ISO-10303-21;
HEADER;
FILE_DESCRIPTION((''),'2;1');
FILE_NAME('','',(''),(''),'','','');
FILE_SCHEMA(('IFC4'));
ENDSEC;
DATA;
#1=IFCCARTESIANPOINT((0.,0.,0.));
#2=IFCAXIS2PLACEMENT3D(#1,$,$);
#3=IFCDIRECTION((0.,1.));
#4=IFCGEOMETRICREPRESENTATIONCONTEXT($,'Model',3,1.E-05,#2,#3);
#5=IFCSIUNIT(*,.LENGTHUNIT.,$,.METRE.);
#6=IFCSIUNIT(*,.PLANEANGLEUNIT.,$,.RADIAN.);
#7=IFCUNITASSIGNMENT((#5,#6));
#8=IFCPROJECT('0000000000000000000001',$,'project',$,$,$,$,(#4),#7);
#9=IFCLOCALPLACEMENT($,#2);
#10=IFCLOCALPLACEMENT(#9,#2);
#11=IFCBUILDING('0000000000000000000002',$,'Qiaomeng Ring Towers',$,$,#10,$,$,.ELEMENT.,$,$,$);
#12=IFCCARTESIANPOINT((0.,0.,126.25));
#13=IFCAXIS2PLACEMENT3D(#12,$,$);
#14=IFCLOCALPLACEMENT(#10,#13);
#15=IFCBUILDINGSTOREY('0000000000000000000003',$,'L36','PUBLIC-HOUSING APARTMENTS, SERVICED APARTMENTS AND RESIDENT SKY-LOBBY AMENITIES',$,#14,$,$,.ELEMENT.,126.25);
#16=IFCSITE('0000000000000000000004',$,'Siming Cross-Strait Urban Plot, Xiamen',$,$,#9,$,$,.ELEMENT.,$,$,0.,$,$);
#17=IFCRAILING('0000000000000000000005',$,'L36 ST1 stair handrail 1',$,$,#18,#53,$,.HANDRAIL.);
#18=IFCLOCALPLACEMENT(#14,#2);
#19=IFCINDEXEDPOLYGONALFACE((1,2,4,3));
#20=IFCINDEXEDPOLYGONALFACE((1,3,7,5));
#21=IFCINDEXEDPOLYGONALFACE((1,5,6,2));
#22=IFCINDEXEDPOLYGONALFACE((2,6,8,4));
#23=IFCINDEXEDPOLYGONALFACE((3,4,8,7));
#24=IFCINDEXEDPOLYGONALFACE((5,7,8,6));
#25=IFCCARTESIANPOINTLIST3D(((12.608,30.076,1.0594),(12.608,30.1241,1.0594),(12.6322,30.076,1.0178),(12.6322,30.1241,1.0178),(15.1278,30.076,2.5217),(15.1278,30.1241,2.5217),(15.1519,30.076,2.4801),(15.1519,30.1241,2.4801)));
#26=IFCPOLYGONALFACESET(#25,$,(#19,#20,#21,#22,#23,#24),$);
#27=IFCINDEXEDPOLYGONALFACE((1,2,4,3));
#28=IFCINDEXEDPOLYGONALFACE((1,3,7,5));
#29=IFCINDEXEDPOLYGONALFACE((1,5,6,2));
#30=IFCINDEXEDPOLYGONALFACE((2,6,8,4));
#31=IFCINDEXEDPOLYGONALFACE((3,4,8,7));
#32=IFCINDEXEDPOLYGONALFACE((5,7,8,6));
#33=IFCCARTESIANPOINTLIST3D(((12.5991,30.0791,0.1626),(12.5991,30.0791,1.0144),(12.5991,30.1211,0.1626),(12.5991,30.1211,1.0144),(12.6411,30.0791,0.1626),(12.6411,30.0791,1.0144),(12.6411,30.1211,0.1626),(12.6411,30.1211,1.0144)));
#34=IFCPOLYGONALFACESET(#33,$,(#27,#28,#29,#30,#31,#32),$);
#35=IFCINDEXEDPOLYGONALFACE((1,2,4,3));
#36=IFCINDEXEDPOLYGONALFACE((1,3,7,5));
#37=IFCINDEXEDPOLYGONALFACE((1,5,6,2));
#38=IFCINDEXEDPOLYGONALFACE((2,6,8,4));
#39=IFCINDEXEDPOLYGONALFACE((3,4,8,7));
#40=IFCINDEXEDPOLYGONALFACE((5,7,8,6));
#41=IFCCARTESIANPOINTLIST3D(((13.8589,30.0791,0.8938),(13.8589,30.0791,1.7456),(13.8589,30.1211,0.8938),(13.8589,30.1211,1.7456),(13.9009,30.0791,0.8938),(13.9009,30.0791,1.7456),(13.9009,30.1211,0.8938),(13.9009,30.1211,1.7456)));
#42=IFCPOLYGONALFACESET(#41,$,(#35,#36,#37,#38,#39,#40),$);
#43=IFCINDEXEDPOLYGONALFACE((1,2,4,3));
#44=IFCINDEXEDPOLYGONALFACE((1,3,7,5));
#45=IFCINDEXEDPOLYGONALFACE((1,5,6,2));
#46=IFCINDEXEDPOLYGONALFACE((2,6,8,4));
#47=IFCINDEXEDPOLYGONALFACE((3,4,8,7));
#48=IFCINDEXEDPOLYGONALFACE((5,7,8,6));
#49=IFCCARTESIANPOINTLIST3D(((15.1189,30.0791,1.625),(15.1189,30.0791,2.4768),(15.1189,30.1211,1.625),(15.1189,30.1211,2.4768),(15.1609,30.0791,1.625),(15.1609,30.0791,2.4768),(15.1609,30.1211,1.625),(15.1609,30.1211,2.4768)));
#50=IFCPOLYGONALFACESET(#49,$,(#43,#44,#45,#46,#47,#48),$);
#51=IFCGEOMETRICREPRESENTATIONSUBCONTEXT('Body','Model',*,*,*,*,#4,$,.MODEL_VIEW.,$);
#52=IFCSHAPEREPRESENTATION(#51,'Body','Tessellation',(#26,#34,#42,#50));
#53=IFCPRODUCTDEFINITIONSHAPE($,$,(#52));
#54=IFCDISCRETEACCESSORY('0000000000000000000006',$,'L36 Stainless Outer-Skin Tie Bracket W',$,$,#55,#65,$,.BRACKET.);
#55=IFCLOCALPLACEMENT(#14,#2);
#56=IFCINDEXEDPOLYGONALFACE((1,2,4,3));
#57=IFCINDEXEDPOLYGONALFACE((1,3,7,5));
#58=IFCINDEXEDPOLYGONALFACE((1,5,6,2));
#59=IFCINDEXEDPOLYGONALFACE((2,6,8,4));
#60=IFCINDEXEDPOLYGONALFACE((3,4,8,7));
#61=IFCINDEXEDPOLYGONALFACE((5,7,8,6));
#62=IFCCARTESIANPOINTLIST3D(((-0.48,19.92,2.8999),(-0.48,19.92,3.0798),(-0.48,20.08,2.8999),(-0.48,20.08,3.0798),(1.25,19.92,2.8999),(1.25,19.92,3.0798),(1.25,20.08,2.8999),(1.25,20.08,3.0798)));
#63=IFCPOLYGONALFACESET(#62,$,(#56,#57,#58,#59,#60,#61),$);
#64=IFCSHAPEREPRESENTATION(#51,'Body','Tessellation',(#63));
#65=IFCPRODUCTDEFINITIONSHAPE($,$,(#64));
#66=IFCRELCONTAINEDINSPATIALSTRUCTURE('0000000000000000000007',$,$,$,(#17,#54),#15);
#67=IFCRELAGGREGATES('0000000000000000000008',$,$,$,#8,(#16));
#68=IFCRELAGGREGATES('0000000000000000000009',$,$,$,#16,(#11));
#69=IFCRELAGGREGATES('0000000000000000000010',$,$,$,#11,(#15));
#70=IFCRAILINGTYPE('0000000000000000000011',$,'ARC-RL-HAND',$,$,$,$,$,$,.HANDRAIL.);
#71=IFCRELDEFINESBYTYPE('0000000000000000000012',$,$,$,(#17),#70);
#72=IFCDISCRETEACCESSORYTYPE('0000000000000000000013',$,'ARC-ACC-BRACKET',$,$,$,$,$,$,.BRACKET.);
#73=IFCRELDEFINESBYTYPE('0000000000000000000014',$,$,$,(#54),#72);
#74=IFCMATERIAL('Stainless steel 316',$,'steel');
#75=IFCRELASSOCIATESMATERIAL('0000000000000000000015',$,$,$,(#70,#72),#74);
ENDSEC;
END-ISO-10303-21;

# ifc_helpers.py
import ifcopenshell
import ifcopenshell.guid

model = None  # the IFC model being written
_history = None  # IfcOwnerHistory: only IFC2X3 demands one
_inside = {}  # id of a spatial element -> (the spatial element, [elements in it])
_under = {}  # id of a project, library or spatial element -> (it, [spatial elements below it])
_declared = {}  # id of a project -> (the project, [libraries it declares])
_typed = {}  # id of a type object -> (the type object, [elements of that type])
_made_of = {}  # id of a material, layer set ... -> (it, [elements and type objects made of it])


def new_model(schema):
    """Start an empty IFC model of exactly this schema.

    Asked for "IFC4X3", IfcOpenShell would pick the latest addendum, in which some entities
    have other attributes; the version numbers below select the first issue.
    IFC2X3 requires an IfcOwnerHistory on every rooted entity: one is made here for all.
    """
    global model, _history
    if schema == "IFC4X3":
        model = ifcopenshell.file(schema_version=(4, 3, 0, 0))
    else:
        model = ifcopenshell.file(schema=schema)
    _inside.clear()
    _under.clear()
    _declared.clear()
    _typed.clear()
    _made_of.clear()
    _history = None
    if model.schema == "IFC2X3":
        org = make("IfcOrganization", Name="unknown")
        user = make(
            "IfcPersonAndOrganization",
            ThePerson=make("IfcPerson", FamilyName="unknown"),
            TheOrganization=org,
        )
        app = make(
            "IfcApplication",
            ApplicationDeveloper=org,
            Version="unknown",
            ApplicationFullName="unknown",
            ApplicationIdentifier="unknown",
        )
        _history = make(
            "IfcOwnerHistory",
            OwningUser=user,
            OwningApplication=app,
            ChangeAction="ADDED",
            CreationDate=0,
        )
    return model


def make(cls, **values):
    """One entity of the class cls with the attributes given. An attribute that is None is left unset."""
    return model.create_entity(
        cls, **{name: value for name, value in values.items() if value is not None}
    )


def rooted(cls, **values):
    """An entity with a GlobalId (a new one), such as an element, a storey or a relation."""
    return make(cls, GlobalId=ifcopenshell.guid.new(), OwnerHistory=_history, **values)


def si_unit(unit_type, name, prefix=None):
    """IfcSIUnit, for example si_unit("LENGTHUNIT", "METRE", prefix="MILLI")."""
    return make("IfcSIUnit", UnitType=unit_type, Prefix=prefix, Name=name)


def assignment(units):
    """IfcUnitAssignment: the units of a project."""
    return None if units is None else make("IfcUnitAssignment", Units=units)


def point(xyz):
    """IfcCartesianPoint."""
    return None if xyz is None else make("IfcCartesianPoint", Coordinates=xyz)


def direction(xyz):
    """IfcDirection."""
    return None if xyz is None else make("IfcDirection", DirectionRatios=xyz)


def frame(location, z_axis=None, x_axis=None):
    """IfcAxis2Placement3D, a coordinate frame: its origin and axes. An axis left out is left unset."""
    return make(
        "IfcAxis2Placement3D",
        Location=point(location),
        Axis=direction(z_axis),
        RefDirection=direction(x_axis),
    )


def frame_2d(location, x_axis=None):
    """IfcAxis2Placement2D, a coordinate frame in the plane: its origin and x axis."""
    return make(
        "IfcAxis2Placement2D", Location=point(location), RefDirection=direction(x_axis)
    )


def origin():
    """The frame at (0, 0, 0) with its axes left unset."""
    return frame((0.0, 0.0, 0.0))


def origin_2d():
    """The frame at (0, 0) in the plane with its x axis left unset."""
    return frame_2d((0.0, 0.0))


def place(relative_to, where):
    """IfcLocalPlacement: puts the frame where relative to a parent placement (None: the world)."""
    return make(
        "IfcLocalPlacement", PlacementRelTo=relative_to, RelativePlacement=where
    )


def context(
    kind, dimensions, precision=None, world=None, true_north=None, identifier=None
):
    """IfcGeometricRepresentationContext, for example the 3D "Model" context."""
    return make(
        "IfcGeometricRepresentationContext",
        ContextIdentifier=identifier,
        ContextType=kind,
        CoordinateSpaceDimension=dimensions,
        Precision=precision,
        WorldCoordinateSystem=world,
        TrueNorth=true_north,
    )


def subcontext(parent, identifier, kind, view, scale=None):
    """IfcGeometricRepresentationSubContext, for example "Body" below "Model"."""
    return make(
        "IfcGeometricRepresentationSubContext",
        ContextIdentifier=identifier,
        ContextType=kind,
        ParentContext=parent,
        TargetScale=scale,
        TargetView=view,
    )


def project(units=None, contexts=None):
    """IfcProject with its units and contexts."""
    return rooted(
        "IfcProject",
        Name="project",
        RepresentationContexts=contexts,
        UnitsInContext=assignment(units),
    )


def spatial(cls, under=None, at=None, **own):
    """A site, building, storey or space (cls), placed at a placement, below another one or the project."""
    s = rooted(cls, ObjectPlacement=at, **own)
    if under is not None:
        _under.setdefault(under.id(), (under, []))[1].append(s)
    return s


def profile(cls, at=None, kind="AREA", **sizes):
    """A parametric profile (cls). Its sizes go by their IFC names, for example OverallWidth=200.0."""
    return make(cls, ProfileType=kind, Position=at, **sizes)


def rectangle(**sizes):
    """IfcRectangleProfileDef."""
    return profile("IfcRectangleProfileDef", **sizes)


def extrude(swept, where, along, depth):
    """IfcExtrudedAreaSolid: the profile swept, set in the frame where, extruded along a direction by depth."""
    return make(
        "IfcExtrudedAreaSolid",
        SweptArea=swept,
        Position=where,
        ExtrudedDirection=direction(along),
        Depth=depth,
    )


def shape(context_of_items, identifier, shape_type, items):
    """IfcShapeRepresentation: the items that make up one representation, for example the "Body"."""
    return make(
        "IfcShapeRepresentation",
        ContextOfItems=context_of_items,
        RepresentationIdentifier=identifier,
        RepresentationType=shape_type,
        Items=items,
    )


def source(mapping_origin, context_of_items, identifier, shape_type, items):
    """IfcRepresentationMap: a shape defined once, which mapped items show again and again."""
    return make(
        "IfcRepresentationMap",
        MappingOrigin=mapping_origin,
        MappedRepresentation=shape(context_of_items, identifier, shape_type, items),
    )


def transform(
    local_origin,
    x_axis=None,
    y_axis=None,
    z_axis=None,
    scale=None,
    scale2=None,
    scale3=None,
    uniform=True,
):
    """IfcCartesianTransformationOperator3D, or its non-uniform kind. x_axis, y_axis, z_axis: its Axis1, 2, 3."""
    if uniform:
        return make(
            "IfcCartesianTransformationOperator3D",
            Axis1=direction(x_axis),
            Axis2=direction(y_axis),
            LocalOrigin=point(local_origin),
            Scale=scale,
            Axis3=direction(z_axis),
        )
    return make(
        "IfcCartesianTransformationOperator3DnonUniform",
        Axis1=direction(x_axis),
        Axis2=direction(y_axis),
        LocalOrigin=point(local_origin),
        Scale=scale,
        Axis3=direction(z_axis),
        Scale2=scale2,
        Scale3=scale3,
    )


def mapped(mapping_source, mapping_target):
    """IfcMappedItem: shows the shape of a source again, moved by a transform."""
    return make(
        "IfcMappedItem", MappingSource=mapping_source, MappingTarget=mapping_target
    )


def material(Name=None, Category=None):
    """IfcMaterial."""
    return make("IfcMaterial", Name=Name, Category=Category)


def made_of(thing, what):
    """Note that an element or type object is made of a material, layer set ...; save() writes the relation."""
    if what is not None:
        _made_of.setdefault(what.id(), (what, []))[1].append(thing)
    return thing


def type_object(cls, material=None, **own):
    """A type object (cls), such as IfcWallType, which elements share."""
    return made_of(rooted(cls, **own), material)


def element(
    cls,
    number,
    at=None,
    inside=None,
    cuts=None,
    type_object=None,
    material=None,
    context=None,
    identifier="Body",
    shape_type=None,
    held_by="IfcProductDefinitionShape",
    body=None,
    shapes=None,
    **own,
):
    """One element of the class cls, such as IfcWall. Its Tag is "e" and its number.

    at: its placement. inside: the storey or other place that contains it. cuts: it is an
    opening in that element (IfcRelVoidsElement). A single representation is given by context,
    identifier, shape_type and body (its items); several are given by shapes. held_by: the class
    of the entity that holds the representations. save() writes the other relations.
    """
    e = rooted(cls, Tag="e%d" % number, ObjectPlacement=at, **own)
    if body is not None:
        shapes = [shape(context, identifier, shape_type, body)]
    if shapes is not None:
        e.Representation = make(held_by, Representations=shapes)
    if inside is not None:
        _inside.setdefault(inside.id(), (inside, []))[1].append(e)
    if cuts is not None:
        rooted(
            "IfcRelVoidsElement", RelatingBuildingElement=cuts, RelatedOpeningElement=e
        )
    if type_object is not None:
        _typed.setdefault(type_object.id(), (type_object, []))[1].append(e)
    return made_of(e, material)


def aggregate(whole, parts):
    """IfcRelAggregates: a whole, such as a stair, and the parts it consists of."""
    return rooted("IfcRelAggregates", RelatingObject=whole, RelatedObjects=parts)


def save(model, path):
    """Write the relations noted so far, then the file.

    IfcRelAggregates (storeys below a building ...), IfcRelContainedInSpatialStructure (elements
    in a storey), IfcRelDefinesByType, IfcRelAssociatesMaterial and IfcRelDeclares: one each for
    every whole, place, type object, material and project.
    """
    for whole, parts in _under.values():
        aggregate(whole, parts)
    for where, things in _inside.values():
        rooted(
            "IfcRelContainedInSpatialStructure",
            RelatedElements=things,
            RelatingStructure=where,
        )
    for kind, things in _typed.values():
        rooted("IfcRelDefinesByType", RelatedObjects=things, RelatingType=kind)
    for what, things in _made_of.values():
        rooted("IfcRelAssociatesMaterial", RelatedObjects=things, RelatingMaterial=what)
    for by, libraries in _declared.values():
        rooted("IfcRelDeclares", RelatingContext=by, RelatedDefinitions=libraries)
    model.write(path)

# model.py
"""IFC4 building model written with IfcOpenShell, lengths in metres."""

from ifc_helpers import new_model, si_unit, direction, frame, origin, origin_2d, place, context, subcontext, project, spatial, rectangle, extrude, source, transform, mapped, material, type_object, element, save


model = new_model("IFC4")

# Units and contexts
model_context = context("Model", 3, precision=1e-05, world=origin(), true_north=direction((0.0, 1.0)))
body_context = subcontext(model_context, "Body", "Model", "MODEL_VIEW")
ifc_project = project(units=[si_unit("LENGTHUNIT", "METRE"), si_unit("PLANEANGLEUNIT", "RADIAN")], contexts=[model_context])

# Site, building, storey
site_placement = place(None, origin())
site = spatial("IfcSite", under=ifc_project, at=site_placement, Name="Siming Cross-Strait Urban Plot, Xiamen", CompositionType="ELEMENT", RefElevation=0.0)
building_placement = place(site_placement, origin())
building = spatial("IfcBuilding", under=site, at=building_placement, Name="Qiaomeng Ring Towers", CompositionType="ELEMENT")
storey_placement = place(building_placement, frame((0.0, 0.0, 126.25)))
storey = spatial("IfcBuildingStorey", under=building, at=storey_placement, Name="L36", Description="PUBLIC-HOUSING APARTMENTS, SERVICED APARTMENTS AND RESIDENT SKY-LOBBY AMENITIES", CompositionType="ELEMENT", Elevation=126.25)

# Railing
ifc_material_1 = material(Name="Stainless steel 316", Category="steel")
railing_type_1 = type_object("IfcRailingType", Name="ARC-RL-HAND", PredefinedType="HANDRAIL", material=ifc_material_1)
railing_1_placement = place(storey_placement, frame((12.6201, 30.1001, 0.1626)))
element("IfcRailing", 1, at=railing_1_placement, inside=storey, type_object=railing_type_1, Name="L36 ST1 stair handrail 1", PredefinedType="HANDRAIL", context=body_context, shape_type="SweptSolid", body=[
    extrude(rectangle(XDim=0.0481, YDim=0.0481, at=origin_2d()), frame((0.0, 0.0, 0.876), z_axis=(0.864892, 0.0, 0.501958), x_axis=(0.0, 1.0, 0.0)), (0.0, 0.0, 1.0), 2.9133),
    extrude(rectangle(XDim=0.042, YDim=0.042, at=origin_2d()), origin(), (0.0, 0.0, 1.0), 0.8518),
    extrude(rectangle(XDim=0.042, YDim=0.042, at=origin_2d()), frame((1.2598, 0.0, 0.7312)), (0.0, 0.0, 1.0), 0.8518),
    extrude(rectangle(XDim=0.042, YDim=0.042, at=origin_2d()), frame((2.5198, 0.0, 1.4624)), (0.0, 0.0, 1.0), 0.8518),
])

# Discrete accessory
discrete_accessory_type = type_object("IfcDiscreteAccessoryType", Name="ARC-ACC-BRACKET", PredefinedType="BRACKET", material=ifc_material_1)
shared_shape_1 = source(origin(), body_context, "Body", "SweptSolid", [
    extrude(rectangle(XDim=1.73, YDim=0.1599, at=origin_2d()), origin(), (0.0, 0.0, 1.0), 0.1799),
])
discrete_accessory_placement = place(storey_placement, frame((0.385, 20.0, 2.8999), z_axis=(0.0, 0.0, 1.0), x_axis=(1.0, 0.0, 0.0)))
element("IfcDiscreteAccessory", 2, at=discrete_accessory_placement, inside=storey, type_object=discrete_accessory_type, Name="L36 Stainless Outer-Skin Tie Bracket W", PredefinedType="BRACKET", context=body_context, shape_type="MappedRepresentation", body=[
    mapped(shared_shape_1, transform((0.0, 0.0, 0.0), x_axis=(1.0, 0.0, 0.0), y_axis=(0.0, 1.0, 0.0), z_axis=(0.0, 0.0, 1.0), scale=1.0)),
])

save(model, "model.ifc")
